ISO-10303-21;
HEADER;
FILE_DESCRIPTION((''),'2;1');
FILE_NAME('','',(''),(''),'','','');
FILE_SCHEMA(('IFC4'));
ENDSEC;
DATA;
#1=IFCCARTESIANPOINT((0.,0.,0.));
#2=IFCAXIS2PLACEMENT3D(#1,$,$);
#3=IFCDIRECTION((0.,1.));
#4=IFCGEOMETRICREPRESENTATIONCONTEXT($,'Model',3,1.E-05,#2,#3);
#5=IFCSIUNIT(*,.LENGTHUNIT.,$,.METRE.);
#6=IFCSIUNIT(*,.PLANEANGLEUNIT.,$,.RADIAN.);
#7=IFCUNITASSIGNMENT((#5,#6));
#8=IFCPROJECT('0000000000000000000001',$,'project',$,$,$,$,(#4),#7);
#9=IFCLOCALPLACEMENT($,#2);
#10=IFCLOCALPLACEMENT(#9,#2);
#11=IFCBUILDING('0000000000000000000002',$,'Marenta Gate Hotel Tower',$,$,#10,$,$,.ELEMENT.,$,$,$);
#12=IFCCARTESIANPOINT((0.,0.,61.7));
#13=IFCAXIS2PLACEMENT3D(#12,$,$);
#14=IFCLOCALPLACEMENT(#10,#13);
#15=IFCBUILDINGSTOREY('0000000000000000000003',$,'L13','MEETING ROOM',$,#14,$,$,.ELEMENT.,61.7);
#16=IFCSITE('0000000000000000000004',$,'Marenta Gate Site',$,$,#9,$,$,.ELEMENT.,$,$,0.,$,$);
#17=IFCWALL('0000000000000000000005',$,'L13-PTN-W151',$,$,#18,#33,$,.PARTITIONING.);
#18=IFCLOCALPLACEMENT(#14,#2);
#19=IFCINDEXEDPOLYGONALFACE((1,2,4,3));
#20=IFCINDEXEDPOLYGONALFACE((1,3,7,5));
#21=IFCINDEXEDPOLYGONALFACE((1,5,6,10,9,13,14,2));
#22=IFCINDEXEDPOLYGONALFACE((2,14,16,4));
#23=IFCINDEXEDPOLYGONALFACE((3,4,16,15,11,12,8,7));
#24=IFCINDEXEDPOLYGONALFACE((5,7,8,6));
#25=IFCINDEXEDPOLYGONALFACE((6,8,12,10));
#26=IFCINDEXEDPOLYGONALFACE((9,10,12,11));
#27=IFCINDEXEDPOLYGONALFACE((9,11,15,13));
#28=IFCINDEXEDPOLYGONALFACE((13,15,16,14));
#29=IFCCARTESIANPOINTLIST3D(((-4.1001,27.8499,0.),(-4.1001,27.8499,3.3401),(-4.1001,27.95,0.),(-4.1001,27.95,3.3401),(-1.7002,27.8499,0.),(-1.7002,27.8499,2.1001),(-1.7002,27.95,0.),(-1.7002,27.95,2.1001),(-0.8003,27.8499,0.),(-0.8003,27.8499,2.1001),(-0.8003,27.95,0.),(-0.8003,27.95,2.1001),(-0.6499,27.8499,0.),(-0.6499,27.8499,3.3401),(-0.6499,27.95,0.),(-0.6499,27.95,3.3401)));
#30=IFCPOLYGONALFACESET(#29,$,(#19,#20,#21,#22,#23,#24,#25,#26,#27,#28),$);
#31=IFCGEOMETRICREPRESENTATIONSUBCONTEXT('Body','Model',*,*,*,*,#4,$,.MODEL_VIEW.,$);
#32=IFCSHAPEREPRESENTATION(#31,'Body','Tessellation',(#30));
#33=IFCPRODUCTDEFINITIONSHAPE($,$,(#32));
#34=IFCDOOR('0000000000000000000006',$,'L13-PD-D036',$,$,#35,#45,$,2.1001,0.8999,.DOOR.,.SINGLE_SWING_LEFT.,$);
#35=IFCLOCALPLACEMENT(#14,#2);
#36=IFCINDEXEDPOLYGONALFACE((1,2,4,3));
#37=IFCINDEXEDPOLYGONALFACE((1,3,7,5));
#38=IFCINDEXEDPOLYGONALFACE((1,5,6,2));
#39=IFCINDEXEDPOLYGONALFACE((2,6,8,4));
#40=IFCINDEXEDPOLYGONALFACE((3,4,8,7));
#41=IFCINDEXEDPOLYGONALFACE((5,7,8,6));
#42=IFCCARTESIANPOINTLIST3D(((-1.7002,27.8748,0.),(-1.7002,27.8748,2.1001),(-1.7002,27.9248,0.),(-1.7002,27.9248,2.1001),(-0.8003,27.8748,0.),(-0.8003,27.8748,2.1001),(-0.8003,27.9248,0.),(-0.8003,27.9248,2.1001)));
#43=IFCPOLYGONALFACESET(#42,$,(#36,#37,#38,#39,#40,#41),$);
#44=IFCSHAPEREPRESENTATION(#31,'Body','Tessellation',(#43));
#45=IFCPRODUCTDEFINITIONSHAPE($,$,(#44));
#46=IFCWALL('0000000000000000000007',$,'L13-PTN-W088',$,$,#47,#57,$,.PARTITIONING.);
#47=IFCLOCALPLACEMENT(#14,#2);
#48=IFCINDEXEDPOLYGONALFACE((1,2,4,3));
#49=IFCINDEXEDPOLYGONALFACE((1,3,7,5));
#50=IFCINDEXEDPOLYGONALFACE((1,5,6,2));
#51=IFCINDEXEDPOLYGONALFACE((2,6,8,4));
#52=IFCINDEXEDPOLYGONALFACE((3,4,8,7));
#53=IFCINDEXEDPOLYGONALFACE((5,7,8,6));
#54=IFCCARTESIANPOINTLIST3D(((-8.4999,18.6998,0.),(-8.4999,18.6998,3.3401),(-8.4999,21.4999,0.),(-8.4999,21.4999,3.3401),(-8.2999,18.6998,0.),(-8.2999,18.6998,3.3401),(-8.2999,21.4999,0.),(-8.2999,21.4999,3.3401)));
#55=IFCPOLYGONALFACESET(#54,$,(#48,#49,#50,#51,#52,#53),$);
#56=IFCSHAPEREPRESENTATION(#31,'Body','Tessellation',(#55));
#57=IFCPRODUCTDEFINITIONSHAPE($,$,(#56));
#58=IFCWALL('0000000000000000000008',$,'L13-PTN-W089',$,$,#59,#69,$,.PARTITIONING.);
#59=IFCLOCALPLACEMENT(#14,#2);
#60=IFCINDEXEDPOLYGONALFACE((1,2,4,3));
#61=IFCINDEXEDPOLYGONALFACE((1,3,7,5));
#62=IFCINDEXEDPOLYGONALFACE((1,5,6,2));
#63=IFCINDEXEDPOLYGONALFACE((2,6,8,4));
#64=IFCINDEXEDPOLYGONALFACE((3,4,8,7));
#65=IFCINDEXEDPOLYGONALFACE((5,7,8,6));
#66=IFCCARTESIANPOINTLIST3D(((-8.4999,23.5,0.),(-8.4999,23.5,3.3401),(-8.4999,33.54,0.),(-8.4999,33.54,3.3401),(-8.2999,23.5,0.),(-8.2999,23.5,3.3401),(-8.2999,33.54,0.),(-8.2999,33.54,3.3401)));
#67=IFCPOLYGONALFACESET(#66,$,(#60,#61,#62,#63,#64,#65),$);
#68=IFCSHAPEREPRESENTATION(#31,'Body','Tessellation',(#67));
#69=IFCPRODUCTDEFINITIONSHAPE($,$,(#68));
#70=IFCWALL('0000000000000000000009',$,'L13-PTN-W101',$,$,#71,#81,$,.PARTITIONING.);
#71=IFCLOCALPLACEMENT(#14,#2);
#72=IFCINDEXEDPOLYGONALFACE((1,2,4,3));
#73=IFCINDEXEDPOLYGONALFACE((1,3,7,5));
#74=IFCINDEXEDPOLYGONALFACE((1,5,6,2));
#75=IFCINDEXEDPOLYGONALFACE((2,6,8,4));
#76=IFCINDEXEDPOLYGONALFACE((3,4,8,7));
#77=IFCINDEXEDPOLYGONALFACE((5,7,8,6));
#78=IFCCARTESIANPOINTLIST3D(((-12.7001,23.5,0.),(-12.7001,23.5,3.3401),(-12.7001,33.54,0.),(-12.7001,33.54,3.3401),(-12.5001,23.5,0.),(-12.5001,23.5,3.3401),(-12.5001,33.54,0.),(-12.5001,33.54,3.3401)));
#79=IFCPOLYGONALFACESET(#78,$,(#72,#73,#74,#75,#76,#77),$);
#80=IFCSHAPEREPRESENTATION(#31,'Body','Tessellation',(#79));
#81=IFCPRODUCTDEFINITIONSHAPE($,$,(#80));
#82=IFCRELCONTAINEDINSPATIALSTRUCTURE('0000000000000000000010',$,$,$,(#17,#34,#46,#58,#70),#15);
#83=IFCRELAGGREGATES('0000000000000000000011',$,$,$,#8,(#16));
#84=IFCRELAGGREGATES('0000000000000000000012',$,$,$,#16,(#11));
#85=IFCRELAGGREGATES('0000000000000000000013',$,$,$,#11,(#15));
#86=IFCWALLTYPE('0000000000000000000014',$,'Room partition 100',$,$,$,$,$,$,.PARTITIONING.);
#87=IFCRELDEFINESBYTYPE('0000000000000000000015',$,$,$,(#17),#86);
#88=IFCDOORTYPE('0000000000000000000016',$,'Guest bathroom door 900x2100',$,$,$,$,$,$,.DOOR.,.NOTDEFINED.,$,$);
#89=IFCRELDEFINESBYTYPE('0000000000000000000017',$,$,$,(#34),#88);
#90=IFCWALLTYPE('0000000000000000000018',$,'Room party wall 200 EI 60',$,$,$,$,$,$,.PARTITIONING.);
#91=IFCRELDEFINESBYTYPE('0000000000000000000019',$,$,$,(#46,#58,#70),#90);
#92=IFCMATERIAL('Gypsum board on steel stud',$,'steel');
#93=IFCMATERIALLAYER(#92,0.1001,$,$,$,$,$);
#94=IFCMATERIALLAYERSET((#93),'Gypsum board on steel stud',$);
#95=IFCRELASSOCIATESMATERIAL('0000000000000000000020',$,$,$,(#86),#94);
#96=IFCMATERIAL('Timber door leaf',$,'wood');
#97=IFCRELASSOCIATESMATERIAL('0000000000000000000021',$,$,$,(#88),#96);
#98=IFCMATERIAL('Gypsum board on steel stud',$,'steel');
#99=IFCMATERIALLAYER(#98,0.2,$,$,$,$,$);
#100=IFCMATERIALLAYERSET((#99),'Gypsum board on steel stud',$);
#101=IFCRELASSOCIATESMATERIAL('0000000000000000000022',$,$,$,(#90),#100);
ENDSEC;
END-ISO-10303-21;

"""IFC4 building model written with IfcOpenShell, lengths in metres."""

from ifc_helpers import new_model, si_unit, direction, frame, frame_2d, origin, place, context, subcontext, project, spatial, rectangle, extrude, material, layer, layer_set, type_object, element, fill, save


model = new_model("IFC4")

# Units and contexts
model_context = context("Model", 3, precision=1e-05, world=origin(), true_north=direction((0.0, 1.0)))
body_context = subcontext(model_context, "Body", "Model", "MODEL_VIEW")
ifc_project = project(units=[si_unit("LENGTHUNIT", "METRE"), si_unit("PLANEANGLEUNIT", "RADIAN")], contexts=[model_context])

# Site, building, storey
site_placement = place(None, origin())
site = spatial("IfcSite", under=ifc_project, at=site_placement, Name="Marenta Gate Site", CompositionType="ELEMENT", RefElevation=0.0)
building_placement = place(site_placement, origin())
building = spatial("IfcBuilding", under=site, at=building_placement, Name="Marenta Gate Hotel Tower", CompositionType="ELEMENT")
storey_placement = place(building_placement, frame((0.0, 0.0, 61.7)))
storey = spatial("IfcBuildingStorey", under=building, at=storey_placement, Name="L13", Description="MEETING ROOM", CompositionType="ELEMENT", Elevation=61.7)

# Shared definitions
ifc_material_1 = material(Name="Gypsum board on steel stud", Category="steel")
ifc_layer_1 = layer(ifc_material_1, 0.1001)
ifc_layer_set_1 = layer_set([ifc_layer_1], Name="Gypsum board on steel stud")
wall_type_1 = type_object("IfcWallType", Name="Room partition 100", PredefinedType="PARTITIONING", material=ifc_layer_set_1)

# Wall, opening, door
ifc_material_2 = material(Name="Timber door leaf", Category="wood")
door_type = type_object("IfcDoorType", Name="Guest bathroom door 900x2100", OperationType="NOTDEFINED", PredefinedType="DOOR", material=ifc_material_2)
wall_1_placement = place(storey_placement, frame((-4.1001, 27.8999, 0.0), z_axis=(0.0, 0.0, 1.0), x_axis=(1.0, 0.0, 0.0)))
wall_1 = element("IfcWall", 1, at=wall_1_placement, inside=storey, type_object=wall_type_1, Name="L13-PTN-W151", PredefinedType="PARTITIONING", context=body_context, shape_type="SweptSolid", body=[
    extrude(rectangle(XDim=3.4502, YDim=0.1001, at=frame_2d((1.7251, 0.0))), origin(), (0.0, 0.0, 1.0), 3.3401),
])
opening_1_placement = place(wall_1_placement, frame((2.3999, 0.0, 0.0)))
opening_1 = element("IfcOpeningElement", 2, at=opening_1_placement, cuts=wall_1, PredefinedType="OPENING", context=body_context, shape_type="SweptSolid", body=[
    extrude(rectangle(XDim=0.8999, YDim=2.1001, at=frame_2d((0.45, 1.05))), frame((0.0, 0.05, 0.0), z_axis=(0.0, -1.0, 0.0), x_axis=(1.0, 0.0, 0.0)), (0.0, 0.0, 1.0), 0.1001),
])
door_1_placement = place(opening_1_placement, origin())
door_1 = element("IfcDoor", 3, at=door_1_placement, inside=storey, type_object=door_type, Name="L13-PD-D036", OperationType="SINGLE_SWING_LEFT", OverallHeight=2.1001, OverallWidth=0.8999, PredefinedType="DOOR", context=body_context, shape_type="SweptSolid", body=[
    extrude(rectangle(XDim=0.8999, YDim=2.1001, at=frame_2d((0.45, 1.05))), frame((0.0, 0.0249, 0.0), z_axis=(0.0, -1.0, 0.0), x_axis=(1.0, 0.0, 0.0)), (0.0, 0.0, 1.0), 0.05),
])
fill(opening_1, door_1)

# Walls
ifc_material_3 = material(Name="Gypsum board on steel stud", Category="steel")
ifc_layer_2 = layer(ifc_material_3, 0.2)
ifc_layer_set_2 = layer_set([ifc_layer_2], Name="Gypsum board on steel stud")
wall_type_2 = type_object("IfcWallType", Name="Room party wall 200 EI 60", PredefinedType="PARTITIONING", material=ifc_layer_set_2)
wall_2_placement = place(storey_placement, frame((-8.3999, 18.7, 0.0), z_axis=(0.0, 0.0, 1.0), x_axis=(0.0, 1.0, 0.0)))
element("IfcWall", 4, at=wall_2_placement, inside=storey, type_object=wall_type_2, Name="L13-PTN-W088", PredefinedType="PARTITIONING", context=body_context, shape_type="SweptSolid", body=[
    extrude(rectangle(XDim=2.8, YDim=0.2, at=frame_2d((1.3999, 0.0))), origin(), (0.0, 0.0, 1.0), 3.3401),
])
for number, where, z_axis, x_axis, name in (
    (5, (-8.3999, 23.5, 0.0), (0.0, 0.0, 1.0), (0.0, 1.0, 0.0), "L13-PTN-W089"),
    (6, (-12.6001, 23.5, 0.0), (0.0, 0.0, 1.0), (0.0, 1.0, 0.0), "L13-PTN-W101"),
):
    element("IfcWall", number, at=place(storey_placement, frame(where, z_axis=z_axis, x_axis=x_axis)), inside=storey, type_object=wall_type_2, Name=name, PredefinedType="PARTITIONING", context=body_context, shape_type="SweptSolid", body=[
        extrude(rectangle(XDim=10.04, YDim=0.2, at=frame_2d((5.02, 0.0))), origin(), (0.0, 0.0, 1.0), 3.3401),
    ])

save(model, "model.ifc")
